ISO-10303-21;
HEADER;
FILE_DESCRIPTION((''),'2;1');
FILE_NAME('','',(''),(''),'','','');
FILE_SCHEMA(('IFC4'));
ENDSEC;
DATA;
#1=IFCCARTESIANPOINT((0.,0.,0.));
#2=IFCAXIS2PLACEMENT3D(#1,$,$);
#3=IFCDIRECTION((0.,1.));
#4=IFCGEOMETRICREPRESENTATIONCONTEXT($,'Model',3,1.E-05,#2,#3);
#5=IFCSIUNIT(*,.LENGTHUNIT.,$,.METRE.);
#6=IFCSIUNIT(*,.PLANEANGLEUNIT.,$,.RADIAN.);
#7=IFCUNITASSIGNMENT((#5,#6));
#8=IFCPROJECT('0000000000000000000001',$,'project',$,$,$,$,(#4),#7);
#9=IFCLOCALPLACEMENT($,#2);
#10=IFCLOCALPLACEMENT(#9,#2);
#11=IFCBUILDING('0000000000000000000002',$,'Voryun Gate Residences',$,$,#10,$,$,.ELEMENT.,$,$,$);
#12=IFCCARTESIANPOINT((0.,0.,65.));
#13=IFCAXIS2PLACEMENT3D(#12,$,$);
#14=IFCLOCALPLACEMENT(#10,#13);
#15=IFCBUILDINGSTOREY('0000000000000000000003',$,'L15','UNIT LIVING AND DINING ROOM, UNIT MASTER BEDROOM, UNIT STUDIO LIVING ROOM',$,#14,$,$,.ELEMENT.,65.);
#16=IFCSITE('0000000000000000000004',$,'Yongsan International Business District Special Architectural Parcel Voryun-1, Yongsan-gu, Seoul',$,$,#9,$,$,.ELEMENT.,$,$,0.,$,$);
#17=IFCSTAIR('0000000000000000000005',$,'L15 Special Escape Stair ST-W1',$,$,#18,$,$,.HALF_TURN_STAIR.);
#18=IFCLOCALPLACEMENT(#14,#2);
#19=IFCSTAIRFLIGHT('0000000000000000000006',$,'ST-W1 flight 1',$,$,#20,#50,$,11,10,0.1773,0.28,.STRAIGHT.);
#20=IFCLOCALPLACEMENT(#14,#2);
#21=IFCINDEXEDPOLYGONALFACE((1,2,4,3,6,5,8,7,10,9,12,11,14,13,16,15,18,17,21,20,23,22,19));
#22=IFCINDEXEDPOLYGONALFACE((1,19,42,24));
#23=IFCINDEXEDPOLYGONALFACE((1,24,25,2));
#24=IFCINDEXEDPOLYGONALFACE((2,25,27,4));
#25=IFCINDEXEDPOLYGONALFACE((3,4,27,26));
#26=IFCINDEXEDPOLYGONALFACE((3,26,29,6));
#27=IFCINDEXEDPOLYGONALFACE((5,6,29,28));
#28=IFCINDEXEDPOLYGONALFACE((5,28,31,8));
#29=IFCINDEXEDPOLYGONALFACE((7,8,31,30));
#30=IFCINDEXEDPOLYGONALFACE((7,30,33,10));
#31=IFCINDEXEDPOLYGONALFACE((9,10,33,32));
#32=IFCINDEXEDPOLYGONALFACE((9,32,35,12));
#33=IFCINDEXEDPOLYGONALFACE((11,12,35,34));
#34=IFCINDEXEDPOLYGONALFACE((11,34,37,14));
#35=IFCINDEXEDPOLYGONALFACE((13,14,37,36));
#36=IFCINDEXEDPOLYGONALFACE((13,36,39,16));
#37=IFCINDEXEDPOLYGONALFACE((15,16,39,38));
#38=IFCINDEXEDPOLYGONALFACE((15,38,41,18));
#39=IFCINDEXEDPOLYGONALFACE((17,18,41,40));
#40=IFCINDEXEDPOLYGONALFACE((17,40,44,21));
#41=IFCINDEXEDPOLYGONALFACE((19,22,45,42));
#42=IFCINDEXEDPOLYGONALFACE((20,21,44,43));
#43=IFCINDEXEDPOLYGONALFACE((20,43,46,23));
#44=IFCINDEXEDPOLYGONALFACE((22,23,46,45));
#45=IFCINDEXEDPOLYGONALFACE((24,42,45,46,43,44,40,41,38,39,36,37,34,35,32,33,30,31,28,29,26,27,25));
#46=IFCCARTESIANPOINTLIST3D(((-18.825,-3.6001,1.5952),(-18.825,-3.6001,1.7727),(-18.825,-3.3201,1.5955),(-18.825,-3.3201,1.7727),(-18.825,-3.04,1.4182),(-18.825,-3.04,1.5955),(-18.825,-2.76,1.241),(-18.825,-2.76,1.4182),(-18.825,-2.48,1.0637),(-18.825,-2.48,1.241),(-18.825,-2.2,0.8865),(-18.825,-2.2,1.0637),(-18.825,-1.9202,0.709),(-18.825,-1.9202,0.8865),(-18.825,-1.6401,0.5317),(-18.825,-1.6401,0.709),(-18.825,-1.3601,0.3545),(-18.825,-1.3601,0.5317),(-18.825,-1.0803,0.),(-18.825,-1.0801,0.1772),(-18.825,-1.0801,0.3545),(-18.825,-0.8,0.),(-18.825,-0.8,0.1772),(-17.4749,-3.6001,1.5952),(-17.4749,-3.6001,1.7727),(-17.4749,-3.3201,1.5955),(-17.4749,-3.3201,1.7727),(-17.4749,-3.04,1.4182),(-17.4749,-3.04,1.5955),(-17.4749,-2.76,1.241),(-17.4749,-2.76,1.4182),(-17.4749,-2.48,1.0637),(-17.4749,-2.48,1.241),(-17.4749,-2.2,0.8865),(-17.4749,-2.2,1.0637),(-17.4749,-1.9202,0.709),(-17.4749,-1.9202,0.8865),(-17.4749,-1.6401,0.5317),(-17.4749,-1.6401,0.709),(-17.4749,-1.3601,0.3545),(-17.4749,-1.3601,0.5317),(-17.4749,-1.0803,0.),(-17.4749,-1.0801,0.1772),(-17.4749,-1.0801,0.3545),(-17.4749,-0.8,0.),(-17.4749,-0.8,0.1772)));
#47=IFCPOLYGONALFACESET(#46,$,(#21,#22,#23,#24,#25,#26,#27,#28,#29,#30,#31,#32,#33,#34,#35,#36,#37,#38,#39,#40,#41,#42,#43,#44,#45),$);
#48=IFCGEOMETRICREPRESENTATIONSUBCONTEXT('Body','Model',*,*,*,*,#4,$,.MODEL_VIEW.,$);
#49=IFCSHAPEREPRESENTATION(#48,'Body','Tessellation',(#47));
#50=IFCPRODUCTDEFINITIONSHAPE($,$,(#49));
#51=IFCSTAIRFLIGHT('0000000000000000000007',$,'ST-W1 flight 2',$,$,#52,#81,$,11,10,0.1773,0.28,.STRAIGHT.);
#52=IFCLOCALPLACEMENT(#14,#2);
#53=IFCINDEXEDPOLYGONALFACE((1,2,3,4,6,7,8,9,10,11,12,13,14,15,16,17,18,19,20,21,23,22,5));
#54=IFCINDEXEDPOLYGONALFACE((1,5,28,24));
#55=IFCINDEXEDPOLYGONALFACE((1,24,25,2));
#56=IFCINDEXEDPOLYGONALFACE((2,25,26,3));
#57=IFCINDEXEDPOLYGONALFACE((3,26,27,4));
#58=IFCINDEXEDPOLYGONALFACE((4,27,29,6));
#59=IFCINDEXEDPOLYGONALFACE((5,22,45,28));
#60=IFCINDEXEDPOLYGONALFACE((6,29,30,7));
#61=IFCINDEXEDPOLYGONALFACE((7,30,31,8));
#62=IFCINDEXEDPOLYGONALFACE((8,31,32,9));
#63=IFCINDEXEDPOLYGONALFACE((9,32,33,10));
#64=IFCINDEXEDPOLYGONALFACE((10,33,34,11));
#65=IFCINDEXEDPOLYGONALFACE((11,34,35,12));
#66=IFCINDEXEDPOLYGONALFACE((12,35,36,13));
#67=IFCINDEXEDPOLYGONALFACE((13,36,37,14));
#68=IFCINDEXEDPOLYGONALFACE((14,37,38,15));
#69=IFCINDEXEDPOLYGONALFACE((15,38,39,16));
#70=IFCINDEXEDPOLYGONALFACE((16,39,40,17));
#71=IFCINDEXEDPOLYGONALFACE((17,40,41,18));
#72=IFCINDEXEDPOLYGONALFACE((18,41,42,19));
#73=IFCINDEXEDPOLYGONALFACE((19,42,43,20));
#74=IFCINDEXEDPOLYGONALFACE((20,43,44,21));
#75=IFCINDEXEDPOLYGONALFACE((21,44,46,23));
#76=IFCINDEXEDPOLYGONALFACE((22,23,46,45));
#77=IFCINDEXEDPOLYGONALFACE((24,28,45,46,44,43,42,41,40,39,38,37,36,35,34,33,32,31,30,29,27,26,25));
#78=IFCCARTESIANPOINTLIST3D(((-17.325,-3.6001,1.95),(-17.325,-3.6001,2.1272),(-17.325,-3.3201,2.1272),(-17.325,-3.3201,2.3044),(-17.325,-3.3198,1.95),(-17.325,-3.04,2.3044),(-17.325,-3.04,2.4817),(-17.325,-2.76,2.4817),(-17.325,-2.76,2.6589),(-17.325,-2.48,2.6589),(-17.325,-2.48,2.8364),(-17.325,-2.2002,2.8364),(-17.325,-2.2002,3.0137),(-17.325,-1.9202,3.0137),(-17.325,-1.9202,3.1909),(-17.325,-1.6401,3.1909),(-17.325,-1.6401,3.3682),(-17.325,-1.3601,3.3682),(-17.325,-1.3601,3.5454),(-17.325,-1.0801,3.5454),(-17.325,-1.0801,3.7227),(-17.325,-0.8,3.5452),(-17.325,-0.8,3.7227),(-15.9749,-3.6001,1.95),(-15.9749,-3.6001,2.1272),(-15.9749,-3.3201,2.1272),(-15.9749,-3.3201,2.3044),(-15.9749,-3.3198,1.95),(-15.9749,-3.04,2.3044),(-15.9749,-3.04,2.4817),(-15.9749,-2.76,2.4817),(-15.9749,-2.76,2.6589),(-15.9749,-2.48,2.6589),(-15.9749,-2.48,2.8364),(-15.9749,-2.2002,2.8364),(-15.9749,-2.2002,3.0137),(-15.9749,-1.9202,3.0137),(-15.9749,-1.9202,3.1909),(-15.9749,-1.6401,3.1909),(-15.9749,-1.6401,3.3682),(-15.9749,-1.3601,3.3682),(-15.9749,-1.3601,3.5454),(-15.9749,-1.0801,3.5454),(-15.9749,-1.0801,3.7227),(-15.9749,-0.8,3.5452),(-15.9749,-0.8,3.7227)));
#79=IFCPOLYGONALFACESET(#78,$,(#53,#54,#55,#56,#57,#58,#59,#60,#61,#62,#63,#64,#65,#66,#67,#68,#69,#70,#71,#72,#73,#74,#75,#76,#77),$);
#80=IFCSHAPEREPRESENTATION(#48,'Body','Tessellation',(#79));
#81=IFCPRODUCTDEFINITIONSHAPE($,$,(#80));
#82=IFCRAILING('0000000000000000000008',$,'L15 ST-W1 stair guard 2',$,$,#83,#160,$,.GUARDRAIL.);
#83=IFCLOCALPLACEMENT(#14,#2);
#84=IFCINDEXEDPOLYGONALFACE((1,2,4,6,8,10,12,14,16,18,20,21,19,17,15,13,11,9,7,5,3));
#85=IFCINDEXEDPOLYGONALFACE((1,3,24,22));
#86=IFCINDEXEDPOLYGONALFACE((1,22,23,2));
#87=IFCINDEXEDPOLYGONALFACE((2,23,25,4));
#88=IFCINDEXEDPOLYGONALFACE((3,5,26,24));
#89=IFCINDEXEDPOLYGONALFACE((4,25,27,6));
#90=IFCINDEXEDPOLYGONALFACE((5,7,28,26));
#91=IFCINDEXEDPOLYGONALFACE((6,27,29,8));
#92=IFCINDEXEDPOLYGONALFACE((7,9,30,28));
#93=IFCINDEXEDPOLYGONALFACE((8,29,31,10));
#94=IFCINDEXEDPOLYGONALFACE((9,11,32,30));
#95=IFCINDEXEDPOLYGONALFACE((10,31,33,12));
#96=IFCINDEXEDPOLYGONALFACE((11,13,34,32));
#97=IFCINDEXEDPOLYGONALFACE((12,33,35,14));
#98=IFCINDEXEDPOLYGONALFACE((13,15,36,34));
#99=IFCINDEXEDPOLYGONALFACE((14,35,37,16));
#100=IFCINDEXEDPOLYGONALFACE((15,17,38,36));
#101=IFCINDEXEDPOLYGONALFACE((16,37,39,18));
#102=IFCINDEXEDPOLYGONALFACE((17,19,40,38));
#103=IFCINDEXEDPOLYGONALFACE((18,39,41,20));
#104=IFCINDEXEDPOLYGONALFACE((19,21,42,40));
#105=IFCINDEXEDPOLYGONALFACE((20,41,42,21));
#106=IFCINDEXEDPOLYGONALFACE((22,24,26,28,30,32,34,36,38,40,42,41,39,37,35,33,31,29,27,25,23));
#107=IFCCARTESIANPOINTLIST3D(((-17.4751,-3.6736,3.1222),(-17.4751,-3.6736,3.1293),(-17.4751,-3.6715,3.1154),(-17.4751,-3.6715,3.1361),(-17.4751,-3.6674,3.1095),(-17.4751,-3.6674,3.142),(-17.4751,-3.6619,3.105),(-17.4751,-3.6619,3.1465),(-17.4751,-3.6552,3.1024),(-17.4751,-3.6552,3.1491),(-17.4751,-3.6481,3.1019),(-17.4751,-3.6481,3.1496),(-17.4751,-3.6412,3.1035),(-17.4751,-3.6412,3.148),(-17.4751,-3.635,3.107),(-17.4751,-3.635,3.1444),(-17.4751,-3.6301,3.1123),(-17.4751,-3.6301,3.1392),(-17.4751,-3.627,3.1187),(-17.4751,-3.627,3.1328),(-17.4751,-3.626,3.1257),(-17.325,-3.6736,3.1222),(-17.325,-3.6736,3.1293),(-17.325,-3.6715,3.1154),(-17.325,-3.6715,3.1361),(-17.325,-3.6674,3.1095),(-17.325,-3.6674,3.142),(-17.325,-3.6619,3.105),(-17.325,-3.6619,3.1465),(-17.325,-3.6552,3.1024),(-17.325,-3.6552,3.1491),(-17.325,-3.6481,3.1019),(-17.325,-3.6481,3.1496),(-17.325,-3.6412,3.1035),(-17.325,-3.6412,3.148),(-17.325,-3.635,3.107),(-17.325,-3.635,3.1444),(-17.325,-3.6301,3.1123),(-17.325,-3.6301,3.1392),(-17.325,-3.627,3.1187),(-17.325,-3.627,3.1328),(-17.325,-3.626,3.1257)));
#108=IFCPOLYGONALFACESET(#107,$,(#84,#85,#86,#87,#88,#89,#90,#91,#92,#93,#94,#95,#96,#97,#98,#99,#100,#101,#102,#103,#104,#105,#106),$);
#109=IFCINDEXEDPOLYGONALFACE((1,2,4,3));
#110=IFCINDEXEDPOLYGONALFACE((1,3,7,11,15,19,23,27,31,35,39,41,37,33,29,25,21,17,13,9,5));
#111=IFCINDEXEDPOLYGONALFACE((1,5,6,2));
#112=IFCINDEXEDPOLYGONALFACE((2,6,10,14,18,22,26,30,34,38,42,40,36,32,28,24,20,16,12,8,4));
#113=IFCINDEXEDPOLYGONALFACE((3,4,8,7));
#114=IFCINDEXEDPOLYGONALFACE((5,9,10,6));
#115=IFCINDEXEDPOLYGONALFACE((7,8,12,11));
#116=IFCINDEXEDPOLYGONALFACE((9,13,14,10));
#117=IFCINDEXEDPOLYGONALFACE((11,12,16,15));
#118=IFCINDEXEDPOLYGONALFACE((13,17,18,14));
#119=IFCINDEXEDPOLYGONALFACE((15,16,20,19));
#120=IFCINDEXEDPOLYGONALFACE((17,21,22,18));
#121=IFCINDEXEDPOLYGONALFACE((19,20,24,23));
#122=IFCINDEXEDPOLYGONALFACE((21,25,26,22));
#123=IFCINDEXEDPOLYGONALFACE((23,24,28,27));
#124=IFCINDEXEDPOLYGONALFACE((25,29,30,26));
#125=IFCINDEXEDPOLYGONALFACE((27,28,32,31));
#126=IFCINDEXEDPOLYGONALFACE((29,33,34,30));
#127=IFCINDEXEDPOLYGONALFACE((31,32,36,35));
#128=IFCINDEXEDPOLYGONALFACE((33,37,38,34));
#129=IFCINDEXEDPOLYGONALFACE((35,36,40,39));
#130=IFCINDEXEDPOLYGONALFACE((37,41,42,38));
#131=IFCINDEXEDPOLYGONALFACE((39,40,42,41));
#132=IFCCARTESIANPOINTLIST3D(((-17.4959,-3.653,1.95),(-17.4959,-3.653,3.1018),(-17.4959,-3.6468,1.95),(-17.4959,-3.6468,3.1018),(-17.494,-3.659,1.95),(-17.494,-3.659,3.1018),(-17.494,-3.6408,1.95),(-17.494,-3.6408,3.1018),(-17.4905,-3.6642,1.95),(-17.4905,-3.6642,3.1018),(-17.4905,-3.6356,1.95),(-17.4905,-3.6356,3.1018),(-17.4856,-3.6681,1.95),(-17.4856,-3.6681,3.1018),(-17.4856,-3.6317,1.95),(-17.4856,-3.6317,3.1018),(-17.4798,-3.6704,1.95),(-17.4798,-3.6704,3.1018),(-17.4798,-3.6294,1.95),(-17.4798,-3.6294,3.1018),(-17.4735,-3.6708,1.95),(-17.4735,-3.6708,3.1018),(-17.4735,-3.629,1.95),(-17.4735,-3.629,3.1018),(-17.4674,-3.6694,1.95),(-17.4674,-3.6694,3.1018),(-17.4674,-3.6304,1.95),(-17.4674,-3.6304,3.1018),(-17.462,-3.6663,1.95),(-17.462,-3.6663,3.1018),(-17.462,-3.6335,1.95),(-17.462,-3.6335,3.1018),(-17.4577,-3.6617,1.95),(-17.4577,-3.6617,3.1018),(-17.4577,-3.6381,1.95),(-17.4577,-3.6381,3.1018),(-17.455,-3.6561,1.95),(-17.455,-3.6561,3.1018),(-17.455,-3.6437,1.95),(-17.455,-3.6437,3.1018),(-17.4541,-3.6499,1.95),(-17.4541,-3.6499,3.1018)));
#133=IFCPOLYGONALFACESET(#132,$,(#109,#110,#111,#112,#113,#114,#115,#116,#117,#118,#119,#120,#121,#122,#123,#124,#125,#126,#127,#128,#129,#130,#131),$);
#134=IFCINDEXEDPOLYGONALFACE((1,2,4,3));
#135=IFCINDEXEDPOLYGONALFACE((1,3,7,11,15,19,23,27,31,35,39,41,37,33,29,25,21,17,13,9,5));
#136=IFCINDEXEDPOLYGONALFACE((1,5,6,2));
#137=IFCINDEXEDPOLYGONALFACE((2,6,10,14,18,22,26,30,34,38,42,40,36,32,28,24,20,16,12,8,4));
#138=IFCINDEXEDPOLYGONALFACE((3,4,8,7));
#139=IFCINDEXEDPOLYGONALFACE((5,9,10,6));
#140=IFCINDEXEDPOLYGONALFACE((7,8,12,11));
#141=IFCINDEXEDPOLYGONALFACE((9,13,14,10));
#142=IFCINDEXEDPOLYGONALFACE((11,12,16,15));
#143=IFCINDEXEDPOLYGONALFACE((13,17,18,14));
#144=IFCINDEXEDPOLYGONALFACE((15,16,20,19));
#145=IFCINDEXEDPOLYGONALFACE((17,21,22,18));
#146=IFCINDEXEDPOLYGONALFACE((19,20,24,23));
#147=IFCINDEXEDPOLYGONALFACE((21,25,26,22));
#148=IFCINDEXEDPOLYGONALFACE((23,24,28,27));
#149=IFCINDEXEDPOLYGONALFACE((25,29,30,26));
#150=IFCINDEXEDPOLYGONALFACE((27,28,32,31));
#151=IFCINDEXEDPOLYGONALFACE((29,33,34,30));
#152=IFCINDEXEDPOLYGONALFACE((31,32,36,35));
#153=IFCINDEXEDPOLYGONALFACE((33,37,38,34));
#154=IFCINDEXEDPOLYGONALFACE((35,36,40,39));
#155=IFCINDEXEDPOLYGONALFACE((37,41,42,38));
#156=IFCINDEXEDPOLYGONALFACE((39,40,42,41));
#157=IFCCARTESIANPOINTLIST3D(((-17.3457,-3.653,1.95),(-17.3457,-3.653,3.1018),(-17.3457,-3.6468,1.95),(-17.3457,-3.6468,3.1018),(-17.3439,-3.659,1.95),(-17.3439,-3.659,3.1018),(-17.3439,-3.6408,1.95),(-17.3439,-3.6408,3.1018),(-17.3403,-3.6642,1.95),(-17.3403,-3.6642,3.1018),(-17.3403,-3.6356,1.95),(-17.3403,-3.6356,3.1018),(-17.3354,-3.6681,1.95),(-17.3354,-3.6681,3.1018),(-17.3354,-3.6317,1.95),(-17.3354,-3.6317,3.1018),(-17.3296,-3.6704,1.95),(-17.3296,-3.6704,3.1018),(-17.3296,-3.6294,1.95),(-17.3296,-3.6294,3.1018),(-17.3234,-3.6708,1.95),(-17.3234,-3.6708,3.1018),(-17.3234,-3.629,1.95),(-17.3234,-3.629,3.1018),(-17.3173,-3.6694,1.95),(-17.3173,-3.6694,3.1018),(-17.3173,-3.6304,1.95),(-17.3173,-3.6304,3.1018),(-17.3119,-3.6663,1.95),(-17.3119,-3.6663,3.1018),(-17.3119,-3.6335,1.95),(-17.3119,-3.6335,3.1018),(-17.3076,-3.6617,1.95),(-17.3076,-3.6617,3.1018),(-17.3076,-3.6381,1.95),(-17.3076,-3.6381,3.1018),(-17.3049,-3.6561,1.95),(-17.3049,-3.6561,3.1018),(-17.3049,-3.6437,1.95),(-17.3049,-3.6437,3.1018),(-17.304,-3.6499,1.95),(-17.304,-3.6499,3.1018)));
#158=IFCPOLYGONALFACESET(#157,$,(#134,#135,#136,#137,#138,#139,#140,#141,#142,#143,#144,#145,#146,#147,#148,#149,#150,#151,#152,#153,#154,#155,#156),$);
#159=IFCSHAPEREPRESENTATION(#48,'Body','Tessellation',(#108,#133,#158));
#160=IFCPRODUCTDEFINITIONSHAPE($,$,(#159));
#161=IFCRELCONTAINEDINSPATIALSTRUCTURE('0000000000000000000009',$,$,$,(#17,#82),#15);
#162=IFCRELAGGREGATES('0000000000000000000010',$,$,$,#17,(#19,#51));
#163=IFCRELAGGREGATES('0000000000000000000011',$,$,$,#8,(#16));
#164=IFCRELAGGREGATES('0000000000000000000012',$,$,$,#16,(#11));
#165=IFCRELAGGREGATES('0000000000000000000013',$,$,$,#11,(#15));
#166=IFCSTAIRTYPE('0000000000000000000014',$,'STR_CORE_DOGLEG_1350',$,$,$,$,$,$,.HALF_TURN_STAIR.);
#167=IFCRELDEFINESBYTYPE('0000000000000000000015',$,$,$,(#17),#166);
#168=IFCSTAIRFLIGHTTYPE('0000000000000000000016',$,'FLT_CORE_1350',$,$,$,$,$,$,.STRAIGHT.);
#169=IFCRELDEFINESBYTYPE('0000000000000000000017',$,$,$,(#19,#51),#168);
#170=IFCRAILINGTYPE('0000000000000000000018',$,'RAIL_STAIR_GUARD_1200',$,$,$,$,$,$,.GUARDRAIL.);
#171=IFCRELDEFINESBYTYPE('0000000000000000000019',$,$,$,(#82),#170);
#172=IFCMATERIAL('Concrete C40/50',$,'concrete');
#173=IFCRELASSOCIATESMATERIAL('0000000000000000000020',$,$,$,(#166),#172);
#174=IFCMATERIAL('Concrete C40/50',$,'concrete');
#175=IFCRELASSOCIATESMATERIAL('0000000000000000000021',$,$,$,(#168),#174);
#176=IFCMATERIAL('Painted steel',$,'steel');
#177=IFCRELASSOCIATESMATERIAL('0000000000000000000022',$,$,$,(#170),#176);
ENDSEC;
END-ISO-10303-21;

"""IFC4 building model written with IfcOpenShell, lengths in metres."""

from ifc_helpers import new_model, si_unit, direction, frame, origin, origin_2d, place, context, subcontext, project, spatial, polyline, circle, outline, extrude, material, type_object, element, aggregate, save


model = new_model("IFC4")

# Units and contexts
model_context = context("Model", 3, precision=1e-05, world=origin(), true_north=direction((0.0, 1.0)))
body_context = subcontext(model_context, "Body", "Model", "MODEL_VIEW")
ifc_project = project(units=[si_unit("LENGTHUNIT", "METRE"), si_unit("PLANEANGLEUNIT", "RADIAN")], contexts=[model_context])

# Site, building, storey
site_placement = place(None, origin())
site = spatial("IfcSite", under=ifc_project, at=site_placement, Name="Yongsan International Business District Special Architectural Parcel Voryun-1, Yongsan-gu, Seoul", CompositionType="ELEMENT", RefElevation=0.0)
building_placement = place(site_placement, origin())
building = spatial("IfcBuilding", under=site, at=building_placement, Name="Voryun Gate Residences", CompositionType="ELEMENT")
storey_placement = place(building_placement, frame((0.0, 0.0, 65.0)))
storey = spatial("IfcBuildingStorey", under=building, at=storey_placement, Name="L15", Description="UNIT LIVING AND DINING ROOM, UNIT MASTER BEDROOM, UNIT STUDIO LIVING ROOM", CompositionType="ELEMENT", Elevation=65.0)

# Stair, stair flights
ifc_material_1 = material(Name="Concrete C40/50", Category="concrete")
stair_type = type_object("IfcStairType", Name="STR_CORE_DOGLEG_1350", PredefinedType="HALF_TURN_STAIR", material=ifc_material_1)
stair_placement = place(storey_placement, origin())
stair = element("IfcStair", 1, at=stair_placement, inside=storey, type_object=stair_type, Name="L15 Special Escape Stair ST-W1", PredefinedType="HALF_TURN_STAIR")
ifc_material_2 = material(Name="Concrete C40/50", Category="concrete")
stair_flight_type = type_object("IfcStairFlightType", Name="FLT_CORE_1350", PredefinedType="STRAIGHT", material=ifc_material_2)
stair_flight_1_placement = place(storey_placement, frame((-18.1499, -0.8, 0.0), z_axis=(0.0, 0.0, 1.0), x_axis=(0.0, -1.0, 0.0)))
stair_flight_1 = element("IfcStairFlight", 2, at=stair_flight_1_placement, type_object=stair_flight_type, Name="ST-W1 flight 1", NumberOfRisers=11, NumberOfTreads=10, PredefinedType="STRAIGHT", RiserHeight=0.1773, TreadLength=0.28, context=body_context, shape_type="SweptSolid", body=[
    extrude(outline(polyline([(0.0, 0.0), (0.0, 0.1772), (0.28, 0.1772), (0.28, 0.3545), (0.5601, 0.3545), (0.5601, 0.5317), (0.8401, 0.5317), (0.8401, 0.709), (1.1201, 0.709), (1.1201, 0.8865), (1.3999, 0.8865), (1.3999, 1.0637), (1.6799, 1.0637), (1.6799, 1.241), (1.96, 1.241), (1.96, 1.4182), (2.24, 1.4182), (2.24, 1.5955), (2.52, 1.5955), (2.52, 1.7727), (2.8, 1.7727), (2.8, 1.95), (2.8, 1.5952), (0.2803, 0.0), (0.0, 0.0)])), frame((0.0, 0.675, 0.0), z_axis=(0.0, -1.0, 0.0), x_axis=(1.0, 0.0, 0.0)), (0.0, 0.0, 1.0), 1.3501),
])
stair_flight_2_placement = place(storey_placement, frame((-16.6499, -3.6001, 1.95), z_axis=(0.0, 0.0, 1.0), x_axis=(0.0, 1.0, 0.0)))
stair_flight_2 = element("IfcStairFlight", 3, at=stair_flight_2_placement, type_object=stair_flight_type, Name="ST-W1 flight 2", NumberOfRisers=11, NumberOfTreads=10, PredefinedType="STRAIGHT", RiserHeight=0.1773, TreadLength=0.28, context=body_context, shape_type="SweptSolid", body=[
    extrude(outline(polyline([(0.0, 0.0), (0.0, 0.1772), (0.28, 0.1772), (0.28, 0.3545), (0.5601, 0.3545), (0.5601, 0.5317), (0.8401, 0.5317), (0.8401, 0.709), (1.1201, 0.709), (1.1201, 0.8865), (1.3999, 0.8865), (1.3999, 1.0637), (1.6799, 1.0637), (1.6799, 1.241), (1.96, 1.241), (1.96, 1.4182), (2.24, 1.4182), (2.24, 1.5955), (2.52, 1.5955), (2.52, 1.7727), (2.8, 1.7727), (2.8, 1.95), (2.8, 1.5952), (0.2803, 0.0), (0.0, 0.0)])), frame((0.0, 0.675, 0.0), z_axis=(0.0, -1.0, 0.0), x_axis=(1.0, 0.0, 0.0)), (0.0, 0.0, 1.0), 1.3501),
])
aggregate(stair, [stair_flight_1, stair_flight_2])

# Railing
ifc_material_3 = material(Name="Painted steel", Category="steel")
railing_type_1 = type_object("IfcRailingType", Name="RAIL_STAIR_GUARD_1200", PredefinedType="GUARDRAIL", material=ifc_material_3)
railing_1_placement = place(storey_placement, frame((-17.4751, -3.6499, 1.95)))
element("IfcRailing", 4, at=railing_1_placement, inside=storey, type_object=railing_type_1, Name="L15 ST-W1 stair guard 2", PredefinedType="GUARDRAIL", context=body_context, shape_type="SweptSolid", body=[
    extrude(circle(Radius=0.0239, at=origin_2d()), frame((0.0, 0.0, 1.1758), z_axis=(1.0, 0.0, 0.0), x_axis=(0.0, 1.0, 0.0)), (0.0, 0.0, 1.0), 0.1501),
    extrude(circle(Radius=0.021, at=origin_2d()), origin(), (0.0, 0.0, 1.0), 1.1519),
    extrude(circle(Radius=0.021, at=origin_2d()), frame((0.1501, 0.0, 0.0)), (0.0, 0.0, 1.0), 1.1519),
])

save(model, "model.ifc")
